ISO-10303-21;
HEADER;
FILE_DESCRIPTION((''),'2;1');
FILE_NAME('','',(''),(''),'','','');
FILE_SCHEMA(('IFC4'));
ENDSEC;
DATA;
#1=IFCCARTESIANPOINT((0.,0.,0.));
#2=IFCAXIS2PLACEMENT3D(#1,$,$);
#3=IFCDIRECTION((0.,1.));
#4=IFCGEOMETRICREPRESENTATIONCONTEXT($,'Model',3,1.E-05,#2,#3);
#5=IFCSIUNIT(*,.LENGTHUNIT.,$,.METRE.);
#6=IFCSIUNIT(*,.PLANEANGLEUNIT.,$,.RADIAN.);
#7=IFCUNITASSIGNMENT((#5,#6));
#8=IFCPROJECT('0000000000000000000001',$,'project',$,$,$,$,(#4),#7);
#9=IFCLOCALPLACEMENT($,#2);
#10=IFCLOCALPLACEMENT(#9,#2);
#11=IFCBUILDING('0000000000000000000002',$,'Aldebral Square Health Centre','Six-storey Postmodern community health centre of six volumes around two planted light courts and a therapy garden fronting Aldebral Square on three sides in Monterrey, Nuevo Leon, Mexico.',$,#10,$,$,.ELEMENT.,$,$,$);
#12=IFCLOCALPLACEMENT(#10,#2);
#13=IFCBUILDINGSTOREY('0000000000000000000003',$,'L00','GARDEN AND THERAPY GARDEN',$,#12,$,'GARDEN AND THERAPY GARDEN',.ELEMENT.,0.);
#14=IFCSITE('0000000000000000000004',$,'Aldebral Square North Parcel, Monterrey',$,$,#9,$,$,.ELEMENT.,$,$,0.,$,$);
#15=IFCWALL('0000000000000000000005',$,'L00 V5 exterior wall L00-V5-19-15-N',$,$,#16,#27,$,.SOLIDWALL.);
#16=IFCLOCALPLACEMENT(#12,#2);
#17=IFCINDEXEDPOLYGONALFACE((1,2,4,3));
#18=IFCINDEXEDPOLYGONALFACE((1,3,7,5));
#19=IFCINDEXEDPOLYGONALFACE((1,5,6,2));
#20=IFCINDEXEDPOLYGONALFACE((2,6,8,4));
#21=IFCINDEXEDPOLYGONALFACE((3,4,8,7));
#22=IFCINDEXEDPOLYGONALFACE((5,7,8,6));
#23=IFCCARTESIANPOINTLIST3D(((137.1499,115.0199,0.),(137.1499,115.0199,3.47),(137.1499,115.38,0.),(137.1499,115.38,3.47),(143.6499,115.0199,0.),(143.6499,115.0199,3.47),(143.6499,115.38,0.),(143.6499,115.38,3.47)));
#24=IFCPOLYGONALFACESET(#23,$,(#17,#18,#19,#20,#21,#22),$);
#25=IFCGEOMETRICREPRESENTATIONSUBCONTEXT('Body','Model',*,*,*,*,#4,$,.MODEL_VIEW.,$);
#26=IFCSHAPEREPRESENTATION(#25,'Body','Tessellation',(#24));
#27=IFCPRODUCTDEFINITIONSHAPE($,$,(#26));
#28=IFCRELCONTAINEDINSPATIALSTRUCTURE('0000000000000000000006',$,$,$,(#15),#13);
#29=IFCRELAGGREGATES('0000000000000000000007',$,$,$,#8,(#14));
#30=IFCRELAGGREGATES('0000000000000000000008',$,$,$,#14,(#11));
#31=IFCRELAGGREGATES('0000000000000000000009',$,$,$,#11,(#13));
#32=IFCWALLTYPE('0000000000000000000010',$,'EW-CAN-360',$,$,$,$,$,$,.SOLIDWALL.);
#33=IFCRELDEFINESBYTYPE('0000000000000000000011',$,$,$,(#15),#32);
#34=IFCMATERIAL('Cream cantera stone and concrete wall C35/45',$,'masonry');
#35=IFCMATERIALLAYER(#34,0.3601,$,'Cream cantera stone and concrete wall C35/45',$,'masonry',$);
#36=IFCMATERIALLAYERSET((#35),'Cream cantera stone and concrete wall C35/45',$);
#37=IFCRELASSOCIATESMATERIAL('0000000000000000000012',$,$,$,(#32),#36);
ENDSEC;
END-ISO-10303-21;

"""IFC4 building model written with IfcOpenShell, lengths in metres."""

from ifc_helpers import new_model, si_unit, direction, frame, frame_2d, origin, place, context, subcontext, project, spatial, rectangle, extrude, material, layer, layer_set, type_object, element, save


model = new_model("IFC4")

# Units and contexts
model_context = context("Model", 3, precision=1e-05, world=origin(), true_north=direction((0.0, 1.0)))
body_context = subcontext(model_context, "Body", "Model", "MODEL_VIEW")
ifc_project = project(units=[si_unit("LENGTHUNIT", "METRE"), si_unit("PLANEANGLEUNIT", "RADIAN")], contexts=[model_context])

# Site, building, storey
site_placement = place(None, origin())
site = spatial("IfcSite", under=ifc_project, at=site_placement, Name="Aldebral Square North Parcel, Monterrey", CompositionType="ELEMENT", RefElevation=0.0)
building_placement = place(site_placement, origin())
building = spatial("IfcBuilding", under=site, at=building_placement, Name="Aldebral Square Health Centre", Description="Six-storey Postmodern community health centre of six volumes around two planted light courts and a therapy garden fronting Aldebral Square on three sides in Monterrey, Nuevo Leon, Mexico.", CompositionType="ELEMENT")
storey_placement = place(building_placement, origin())
storey = spatial("IfcBuildingStorey", under=building, at=storey_placement, Name="L00", Description="GARDEN AND THERAPY GARDEN", LongName="GARDEN AND THERAPY GARDEN", CompositionType="ELEMENT", Elevation=0.0)

# Wall
ifc_material_1 = material(Name="Cream cantera stone and concrete wall C35/45", Category="masonry")
ifc_layer_1 = layer(ifc_material_1, 0.3601, Name="Cream cantera stone and concrete wall C35/45", Category="masonry")
ifc_layer_set_1 = layer_set([ifc_layer_1], Name="Cream cantera stone and concrete wall C35/45")
wall_type_1 = type_object("IfcWallType", Name="EW-CAN-360", PredefinedType="SOLIDWALL", material=ifc_layer_set_1)
wall_1_placement = place(storey_placement, frame((143.6499, 115.2, 0.0), z_axis=(0.0, 0.0, 1.0), x_axis=(-1.0, 0.0, 0.0)))
element("IfcWall", 1, at=wall_1_placement, inside=storey, type_object=wall_type_1, Name="L00 V5 exterior wall L00-V5-19-15-N", PredefinedType="SOLIDWALL", context=body_context, shape_type="SweptSolid", body=[
    extrude(rectangle(XDim=6.5, YDim=0.3601, at=frame_2d((3.25, 0.0))), origin(), (0.0, 0.0, 1.0), 3.47),
])

save(model, "model.ifc")
